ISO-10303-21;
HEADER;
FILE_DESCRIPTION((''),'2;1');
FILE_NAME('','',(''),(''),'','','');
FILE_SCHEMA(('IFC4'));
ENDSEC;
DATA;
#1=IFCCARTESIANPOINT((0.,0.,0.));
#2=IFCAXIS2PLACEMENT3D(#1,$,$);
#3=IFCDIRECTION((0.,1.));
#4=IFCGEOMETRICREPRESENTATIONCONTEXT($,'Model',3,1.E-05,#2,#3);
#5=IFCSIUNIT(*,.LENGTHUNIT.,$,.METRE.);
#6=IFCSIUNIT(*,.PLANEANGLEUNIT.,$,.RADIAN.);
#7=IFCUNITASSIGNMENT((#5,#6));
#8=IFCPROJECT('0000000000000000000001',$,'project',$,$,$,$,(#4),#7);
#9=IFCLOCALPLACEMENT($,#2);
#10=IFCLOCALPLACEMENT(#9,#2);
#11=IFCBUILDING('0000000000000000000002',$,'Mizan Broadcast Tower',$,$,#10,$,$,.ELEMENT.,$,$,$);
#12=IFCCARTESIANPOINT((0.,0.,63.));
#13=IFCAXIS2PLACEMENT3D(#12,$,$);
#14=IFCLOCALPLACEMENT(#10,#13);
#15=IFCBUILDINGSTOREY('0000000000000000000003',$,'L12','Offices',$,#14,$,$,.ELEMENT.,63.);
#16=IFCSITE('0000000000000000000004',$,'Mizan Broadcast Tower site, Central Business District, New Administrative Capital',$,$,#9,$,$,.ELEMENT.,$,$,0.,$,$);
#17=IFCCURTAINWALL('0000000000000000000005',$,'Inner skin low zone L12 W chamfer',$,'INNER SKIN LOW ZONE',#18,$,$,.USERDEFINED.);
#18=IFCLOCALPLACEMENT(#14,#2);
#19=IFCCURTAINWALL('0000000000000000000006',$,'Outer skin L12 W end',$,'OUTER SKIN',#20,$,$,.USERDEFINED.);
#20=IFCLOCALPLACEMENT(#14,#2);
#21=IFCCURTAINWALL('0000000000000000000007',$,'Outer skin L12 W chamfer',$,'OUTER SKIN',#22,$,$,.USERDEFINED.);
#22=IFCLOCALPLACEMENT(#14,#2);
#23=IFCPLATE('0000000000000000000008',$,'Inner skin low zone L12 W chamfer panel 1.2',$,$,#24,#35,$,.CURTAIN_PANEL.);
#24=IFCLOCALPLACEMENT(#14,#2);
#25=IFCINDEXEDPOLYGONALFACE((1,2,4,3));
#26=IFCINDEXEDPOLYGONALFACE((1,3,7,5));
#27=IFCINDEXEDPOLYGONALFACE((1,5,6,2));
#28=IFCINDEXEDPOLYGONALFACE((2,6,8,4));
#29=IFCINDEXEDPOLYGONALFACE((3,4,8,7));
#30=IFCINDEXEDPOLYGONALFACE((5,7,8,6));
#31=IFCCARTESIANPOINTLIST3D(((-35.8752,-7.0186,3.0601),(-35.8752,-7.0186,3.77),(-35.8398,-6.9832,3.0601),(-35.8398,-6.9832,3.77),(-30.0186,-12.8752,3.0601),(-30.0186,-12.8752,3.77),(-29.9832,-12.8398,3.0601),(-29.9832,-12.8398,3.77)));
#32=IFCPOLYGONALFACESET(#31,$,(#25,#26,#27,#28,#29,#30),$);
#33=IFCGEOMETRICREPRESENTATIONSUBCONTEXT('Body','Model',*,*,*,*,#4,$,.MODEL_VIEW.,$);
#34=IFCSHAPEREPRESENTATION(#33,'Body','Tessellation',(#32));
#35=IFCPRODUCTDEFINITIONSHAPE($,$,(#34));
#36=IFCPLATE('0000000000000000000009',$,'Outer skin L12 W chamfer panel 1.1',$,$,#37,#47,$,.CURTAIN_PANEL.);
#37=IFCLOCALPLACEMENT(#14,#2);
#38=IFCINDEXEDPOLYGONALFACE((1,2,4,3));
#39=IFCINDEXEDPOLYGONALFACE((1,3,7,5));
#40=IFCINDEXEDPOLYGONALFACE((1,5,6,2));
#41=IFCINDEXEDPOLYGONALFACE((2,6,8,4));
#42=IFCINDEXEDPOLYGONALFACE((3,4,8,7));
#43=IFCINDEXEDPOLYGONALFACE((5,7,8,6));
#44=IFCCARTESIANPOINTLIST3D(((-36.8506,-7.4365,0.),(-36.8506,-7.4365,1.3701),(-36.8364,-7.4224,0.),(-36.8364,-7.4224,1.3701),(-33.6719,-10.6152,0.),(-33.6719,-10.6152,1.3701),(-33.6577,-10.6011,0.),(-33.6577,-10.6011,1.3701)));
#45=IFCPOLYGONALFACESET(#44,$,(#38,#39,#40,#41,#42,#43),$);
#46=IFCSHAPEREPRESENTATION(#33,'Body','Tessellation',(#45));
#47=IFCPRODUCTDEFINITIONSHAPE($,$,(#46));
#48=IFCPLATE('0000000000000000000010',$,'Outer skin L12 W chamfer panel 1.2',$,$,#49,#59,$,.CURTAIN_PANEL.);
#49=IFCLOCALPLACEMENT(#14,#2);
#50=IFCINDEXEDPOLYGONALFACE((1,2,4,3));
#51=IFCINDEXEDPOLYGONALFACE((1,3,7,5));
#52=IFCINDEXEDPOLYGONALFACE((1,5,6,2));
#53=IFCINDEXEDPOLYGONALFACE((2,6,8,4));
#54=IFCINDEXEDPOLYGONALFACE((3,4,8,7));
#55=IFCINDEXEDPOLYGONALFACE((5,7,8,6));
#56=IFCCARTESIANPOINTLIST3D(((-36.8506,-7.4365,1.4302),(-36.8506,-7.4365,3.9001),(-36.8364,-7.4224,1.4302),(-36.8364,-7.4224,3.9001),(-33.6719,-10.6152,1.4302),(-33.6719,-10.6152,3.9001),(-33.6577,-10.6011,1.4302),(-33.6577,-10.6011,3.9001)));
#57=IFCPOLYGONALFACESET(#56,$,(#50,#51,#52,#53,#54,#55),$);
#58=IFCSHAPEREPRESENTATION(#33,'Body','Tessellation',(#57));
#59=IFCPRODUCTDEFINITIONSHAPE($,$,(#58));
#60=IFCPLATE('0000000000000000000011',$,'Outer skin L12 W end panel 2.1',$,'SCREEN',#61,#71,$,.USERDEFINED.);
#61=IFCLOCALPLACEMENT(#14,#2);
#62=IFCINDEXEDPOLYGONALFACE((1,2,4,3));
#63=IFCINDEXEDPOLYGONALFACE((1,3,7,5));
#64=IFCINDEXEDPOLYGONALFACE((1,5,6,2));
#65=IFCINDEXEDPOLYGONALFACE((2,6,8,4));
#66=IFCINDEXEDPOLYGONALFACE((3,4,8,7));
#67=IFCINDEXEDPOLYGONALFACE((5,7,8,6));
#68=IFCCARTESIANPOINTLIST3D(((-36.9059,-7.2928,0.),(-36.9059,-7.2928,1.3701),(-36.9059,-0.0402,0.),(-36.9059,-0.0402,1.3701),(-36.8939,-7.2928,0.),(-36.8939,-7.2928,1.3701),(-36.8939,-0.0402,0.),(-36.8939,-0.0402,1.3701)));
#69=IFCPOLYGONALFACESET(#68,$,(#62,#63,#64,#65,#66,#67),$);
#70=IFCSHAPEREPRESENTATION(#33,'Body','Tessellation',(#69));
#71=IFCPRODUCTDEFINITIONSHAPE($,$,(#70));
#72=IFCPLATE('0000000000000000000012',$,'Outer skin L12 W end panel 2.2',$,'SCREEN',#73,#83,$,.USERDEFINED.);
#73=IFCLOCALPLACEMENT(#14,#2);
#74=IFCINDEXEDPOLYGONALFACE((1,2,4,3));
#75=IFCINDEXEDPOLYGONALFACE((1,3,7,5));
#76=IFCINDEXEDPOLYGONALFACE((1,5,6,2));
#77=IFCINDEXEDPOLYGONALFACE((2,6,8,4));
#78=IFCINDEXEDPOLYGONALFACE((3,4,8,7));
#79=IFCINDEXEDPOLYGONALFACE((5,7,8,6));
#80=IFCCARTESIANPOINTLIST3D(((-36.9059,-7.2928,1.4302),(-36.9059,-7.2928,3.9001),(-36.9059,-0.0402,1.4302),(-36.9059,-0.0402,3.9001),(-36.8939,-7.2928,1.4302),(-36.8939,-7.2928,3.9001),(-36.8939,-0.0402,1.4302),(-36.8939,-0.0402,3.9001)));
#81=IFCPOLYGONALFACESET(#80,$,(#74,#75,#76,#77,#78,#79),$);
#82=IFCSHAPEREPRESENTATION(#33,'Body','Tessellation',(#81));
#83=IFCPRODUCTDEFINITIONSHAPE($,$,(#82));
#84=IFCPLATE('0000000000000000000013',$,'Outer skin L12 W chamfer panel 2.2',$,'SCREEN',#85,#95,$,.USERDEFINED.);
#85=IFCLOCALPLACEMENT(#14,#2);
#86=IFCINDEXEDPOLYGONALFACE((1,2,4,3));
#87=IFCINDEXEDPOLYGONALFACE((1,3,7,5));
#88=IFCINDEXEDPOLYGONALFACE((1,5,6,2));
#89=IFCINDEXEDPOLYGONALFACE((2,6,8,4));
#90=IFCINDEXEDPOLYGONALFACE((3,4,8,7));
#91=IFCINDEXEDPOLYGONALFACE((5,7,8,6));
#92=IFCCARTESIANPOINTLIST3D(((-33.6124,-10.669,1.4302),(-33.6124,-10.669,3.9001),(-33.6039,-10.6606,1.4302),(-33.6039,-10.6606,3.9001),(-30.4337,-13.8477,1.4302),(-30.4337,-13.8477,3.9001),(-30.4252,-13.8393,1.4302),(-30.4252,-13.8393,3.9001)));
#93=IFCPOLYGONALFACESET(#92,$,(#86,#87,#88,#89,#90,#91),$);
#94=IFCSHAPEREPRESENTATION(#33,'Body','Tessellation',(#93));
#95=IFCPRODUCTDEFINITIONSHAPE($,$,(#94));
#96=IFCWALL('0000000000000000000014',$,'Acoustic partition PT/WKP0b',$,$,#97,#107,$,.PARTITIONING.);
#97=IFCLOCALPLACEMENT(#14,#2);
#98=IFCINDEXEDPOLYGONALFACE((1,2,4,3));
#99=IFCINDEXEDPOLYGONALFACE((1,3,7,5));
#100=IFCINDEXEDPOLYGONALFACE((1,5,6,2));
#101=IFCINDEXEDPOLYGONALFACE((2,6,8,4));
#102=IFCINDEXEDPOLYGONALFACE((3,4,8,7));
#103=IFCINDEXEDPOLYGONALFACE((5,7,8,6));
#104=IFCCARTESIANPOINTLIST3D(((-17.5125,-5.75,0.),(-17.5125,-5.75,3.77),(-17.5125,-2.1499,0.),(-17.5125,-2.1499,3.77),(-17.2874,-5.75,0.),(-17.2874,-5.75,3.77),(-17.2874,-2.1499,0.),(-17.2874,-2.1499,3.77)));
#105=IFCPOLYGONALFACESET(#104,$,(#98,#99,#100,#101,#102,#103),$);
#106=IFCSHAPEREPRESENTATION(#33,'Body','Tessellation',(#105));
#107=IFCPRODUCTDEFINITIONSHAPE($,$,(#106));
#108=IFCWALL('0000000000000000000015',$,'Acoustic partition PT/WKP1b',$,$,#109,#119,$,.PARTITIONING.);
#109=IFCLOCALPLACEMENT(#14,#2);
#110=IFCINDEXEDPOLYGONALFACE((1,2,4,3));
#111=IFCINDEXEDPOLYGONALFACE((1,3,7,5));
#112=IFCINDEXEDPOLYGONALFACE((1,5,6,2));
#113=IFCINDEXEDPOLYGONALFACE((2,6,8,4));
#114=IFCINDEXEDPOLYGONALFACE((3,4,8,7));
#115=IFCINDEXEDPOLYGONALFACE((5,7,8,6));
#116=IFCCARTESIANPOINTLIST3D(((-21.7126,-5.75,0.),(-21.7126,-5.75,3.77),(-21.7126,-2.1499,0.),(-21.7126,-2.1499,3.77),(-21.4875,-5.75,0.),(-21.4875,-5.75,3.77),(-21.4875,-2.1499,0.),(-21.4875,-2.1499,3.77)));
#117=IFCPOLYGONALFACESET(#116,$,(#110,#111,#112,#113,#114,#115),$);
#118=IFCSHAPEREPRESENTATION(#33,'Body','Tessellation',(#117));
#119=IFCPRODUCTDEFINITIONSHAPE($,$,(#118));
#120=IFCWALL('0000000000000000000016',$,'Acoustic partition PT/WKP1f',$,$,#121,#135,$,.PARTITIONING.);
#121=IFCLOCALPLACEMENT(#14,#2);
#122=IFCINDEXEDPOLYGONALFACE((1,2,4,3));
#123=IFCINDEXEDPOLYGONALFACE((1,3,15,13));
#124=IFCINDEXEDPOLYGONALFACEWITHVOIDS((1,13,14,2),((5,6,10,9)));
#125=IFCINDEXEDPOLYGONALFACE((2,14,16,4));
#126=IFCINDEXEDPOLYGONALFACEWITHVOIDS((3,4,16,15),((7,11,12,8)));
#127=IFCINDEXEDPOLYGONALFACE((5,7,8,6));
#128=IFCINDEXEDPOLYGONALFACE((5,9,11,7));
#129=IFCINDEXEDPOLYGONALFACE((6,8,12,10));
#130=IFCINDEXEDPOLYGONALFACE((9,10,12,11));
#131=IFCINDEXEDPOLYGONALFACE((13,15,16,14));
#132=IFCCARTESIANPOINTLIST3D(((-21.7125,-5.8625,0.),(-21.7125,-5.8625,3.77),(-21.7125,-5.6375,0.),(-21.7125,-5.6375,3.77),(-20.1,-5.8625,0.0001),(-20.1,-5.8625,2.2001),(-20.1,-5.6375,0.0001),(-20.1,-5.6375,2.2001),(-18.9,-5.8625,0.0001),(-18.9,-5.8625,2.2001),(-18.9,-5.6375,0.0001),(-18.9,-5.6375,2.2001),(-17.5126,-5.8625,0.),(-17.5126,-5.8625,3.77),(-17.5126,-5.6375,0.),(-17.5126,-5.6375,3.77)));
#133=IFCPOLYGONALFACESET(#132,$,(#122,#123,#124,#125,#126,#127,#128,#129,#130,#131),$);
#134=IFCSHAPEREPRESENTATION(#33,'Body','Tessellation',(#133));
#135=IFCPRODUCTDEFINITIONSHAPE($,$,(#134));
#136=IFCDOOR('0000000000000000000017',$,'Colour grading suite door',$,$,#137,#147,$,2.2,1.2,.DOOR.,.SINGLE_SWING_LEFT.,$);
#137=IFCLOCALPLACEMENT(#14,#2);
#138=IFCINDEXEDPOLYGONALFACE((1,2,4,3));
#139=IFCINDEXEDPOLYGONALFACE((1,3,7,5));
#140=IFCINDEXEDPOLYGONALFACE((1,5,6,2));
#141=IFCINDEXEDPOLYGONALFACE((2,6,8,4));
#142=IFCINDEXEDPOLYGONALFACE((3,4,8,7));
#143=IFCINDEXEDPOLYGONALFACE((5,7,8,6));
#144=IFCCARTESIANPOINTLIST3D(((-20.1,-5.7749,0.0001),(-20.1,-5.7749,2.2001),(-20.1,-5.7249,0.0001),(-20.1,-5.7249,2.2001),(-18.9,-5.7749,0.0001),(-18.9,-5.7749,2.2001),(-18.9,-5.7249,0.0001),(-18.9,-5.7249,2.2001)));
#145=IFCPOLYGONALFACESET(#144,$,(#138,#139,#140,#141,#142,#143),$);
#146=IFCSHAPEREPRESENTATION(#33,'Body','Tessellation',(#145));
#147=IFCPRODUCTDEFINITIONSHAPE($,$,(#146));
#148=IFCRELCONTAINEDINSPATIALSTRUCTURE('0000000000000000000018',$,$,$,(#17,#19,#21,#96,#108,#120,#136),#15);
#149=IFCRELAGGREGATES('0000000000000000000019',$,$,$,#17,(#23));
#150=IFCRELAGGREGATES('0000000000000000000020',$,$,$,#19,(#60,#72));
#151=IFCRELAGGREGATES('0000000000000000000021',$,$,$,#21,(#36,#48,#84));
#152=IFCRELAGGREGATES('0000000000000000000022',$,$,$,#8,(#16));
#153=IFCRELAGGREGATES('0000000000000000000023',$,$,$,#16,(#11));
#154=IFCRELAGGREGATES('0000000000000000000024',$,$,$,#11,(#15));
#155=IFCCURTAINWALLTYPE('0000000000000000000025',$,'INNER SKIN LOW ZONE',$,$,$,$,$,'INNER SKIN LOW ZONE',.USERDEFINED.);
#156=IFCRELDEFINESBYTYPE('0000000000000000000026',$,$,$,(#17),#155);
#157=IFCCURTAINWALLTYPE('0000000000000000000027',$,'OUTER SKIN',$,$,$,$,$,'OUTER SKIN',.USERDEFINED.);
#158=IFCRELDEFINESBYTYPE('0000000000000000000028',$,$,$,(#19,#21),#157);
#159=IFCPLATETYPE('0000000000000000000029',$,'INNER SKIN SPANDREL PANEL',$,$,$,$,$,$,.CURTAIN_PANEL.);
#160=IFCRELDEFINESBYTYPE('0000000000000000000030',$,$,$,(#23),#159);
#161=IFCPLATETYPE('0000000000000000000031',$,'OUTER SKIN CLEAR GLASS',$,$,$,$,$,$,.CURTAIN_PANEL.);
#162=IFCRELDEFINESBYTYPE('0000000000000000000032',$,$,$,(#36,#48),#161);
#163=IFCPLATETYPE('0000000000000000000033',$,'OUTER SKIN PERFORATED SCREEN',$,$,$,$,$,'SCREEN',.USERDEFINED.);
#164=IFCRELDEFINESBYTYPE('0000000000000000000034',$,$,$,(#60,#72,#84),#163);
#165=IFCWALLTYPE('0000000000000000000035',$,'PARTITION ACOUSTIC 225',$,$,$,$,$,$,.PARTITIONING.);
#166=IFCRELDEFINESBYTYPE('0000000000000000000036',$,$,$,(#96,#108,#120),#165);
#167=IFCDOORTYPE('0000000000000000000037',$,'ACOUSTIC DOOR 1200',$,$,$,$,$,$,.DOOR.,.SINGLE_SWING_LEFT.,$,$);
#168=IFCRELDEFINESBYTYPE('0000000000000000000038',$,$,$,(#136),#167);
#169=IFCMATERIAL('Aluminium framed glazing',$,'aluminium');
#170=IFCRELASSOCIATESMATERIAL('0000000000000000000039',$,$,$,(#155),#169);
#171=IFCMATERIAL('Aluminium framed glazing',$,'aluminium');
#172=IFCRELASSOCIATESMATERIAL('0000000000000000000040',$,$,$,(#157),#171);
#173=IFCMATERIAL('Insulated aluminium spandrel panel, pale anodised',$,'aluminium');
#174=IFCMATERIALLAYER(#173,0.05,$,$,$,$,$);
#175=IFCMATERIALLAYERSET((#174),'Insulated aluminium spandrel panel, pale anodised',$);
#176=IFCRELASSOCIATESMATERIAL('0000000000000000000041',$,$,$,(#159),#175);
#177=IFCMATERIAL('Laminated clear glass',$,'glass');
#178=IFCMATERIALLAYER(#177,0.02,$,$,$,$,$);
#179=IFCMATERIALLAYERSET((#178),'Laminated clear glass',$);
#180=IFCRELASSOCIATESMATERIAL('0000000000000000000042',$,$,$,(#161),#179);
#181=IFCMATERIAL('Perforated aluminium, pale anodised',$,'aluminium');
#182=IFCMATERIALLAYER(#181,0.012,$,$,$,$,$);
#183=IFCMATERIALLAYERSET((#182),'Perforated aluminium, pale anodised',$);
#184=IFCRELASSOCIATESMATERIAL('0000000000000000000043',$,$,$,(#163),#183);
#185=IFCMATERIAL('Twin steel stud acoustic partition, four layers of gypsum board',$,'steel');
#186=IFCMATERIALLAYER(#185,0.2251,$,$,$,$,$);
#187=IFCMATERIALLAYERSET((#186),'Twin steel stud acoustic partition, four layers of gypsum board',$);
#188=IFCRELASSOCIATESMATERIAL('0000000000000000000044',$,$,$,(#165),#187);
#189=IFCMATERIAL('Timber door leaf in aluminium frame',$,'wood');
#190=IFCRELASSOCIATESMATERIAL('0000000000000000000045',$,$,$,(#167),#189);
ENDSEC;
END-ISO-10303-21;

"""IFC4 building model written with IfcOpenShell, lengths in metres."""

from ifc_helpers import new_model, si_unit, direction, frame, frame_2d, origin, origin_2d, place, context, subcontext, project, spatial, rectangle, extrude, material, layer, layer_set, type_object, element, fill, aggregate, save


model = new_model("IFC4")

# Units and contexts
model_context = context("Model", 3, precision=1e-05, world=origin(), true_north=direction((0.0, 1.0)))
body_context = subcontext(model_context, "Body", "Model", "MODEL_VIEW")
ifc_project = project(units=[si_unit("LENGTHUNIT", "METRE"), si_unit("PLANEANGLEUNIT", "RADIAN")], contexts=[model_context])

# Site, building, storey
site_placement = place(None, origin())
site = spatial("IfcSite", under=ifc_project, at=site_placement, Name="Mizan Broadcast Tower site, Central Business District, New Administrative Capital", CompositionType="ELEMENT", RefElevation=0.0)
building_placement = place(site_placement, origin())
building = spatial("IfcBuilding", under=site, at=building_placement, Name="Mizan Broadcast Tower", CompositionType="ELEMENT")
storey_placement = place(building_placement, frame((0.0, 0.0, 63.0)))
storey = spatial("IfcBuildingStorey", under=building, at=storey_placement, Name="L12", Description="Offices", CompositionType="ELEMENT", Elevation=63.0)

# Shared definitions
ifc_material_1 = material(Name="Aluminium framed glazing", Category="aluminium")
curtain_wall_type_1 = type_object("IfcCurtainWallType", Name="INNER SKIN LOW ZONE", ElementType="INNER SKIN LOW ZONE", PredefinedType="USERDEFINED", material=ifc_material_1)

# Curtain wall
curtain_wall_1_placement = place(storey_placement, origin())
curtain_wall_1 = element("IfcCurtainWall", 1, at=curtain_wall_1_placement, inside=storey, type_object=curtain_wall_type_1, Name="Inner skin low zone L12 W chamfer", ObjectType="INNER SKIN LOW ZONE", PredefinedType="USERDEFINED")

# Curtain wall
ifc_material_2 = material(Name="Aluminium framed glazing", Category="aluminium")
curtain_wall_type_2 = type_object("IfcCurtainWallType", Name="OUTER SKIN", ElementType="OUTER SKIN", PredefinedType="USERDEFINED", material=ifc_material_2)
curtain_wall_2_placement = place(storey_placement, origin())
curtain_wall_2 = element("IfcCurtainWall", 2, at=curtain_wall_2_placement, inside=storey, type_object=curtain_wall_type_2, Name="Outer skin L12 W end", ObjectType="OUTER SKIN", PredefinedType="USERDEFINED")

# Curtain wall
curtain_wall_3_placement = place(storey_placement, origin())
curtain_wall_3 = element("IfcCurtainWall", 3, at=curtain_wall_3_placement, inside=storey, type_object=curtain_wall_type_2, Name="Outer skin L12 W chamfer", ObjectType="OUTER SKIN", PredefinedType="USERDEFINED")

# Plates
ifc_material_3 = material(Name="Insulated aluminium spandrel panel, pale anodised", Category="aluminium")
ifc_layer_1 = layer(ifc_material_3, 0.05)
ifc_layer_set_1 = layer_set([ifc_layer_1], Name="Insulated aluminium spandrel panel, pale anodised")
plate_type_1 = type_object("IfcPlateType", Name="INNER SKIN SPANDREL PANEL", PredefinedType="CURTAIN_PANEL", material=ifc_layer_set_1)
plate_1_placement = place(storey_placement, frame((-32.9292, -9.9292, 3.0601), z_axis=(0.0, 0.0, 1.0), x_axis=(0.707107, -0.707107, 0.0)))
plate_1 = element("IfcPlate", 4, at=plate_1_placement, type_object=plate_type_1, Name="Inner skin low zone L12 W chamfer panel 1.2", PredefinedType="CURTAIN_PANEL", context=body_context, shape_type="SweptSolid", body=[
    extrude(rectangle(XDim=8.2825, YDim=0.05, at=origin_2d()), origin(), (0.0, 0.0, 1.0), 0.71),
])
aggregate(curtain_wall_1, [plate_1])
ifc_material_4 = material(Name="Laminated clear glass", Category="glass")
ifc_layer_2 = layer(ifc_material_4, 0.02)
ifc_layer_set_2 = layer_set([ifc_layer_2], Name="Laminated clear glass")
plate_type_2 = type_object("IfcPlateType", Name="OUTER SKIN CLEAR GLASS", PredefinedType="CURTAIN_PANEL", material=ifc_layer_set_2)
plate_2_placement = place(storey_placement, frame((-35.2542, -9.0188, 0.0), z_axis=(0.0, 0.0, 1.0), x_axis=(0.707107, -0.707107, 0.0)))
plate_2 = element("IfcPlate", 5, at=plate_2_placement, type_object=plate_type_2, Name="Outer skin L12 W chamfer panel 1.1", PredefinedType="CURTAIN_PANEL", context=body_context, shape_type="SweptSolid", body=[
    extrude(rectangle(XDim=4.4954, YDim=0.02, at=origin_2d()), origin(), (0.0, 0.0, 1.0), 1.3701),
])
plate_3_placement = place(storey_placement, frame((-35.2542, -9.0188, 1.4302), z_axis=(0.0, 0.0, 1.0), x_axis=(0.707107, -0.707107, 0.0)))
plate_3 = element("IfcPlate", 6, at=plate_3_placement, type_object=plate_type_2, Name="Outer skin L12 W chamfer panel 1.2", PredefinedType="CURTAIN_PANEL", context=body_context, shape_type="SweptSolid", body=[
    extrude(rectangle(XDim=4.4954, YDim=0.02, at=origin_2d()), origin(), (0.0, 0.0, 1.0), 2.47),
])
ifc_material_5 = material(Name="Perforated aluminium, pale anodised", Category="aluminium")
ifc_layer_3 = layer(ifc_material_5, 0.012)
ifc_layer_set_3 = layer_set([ifc_layer_3], Name="Perforated aluminium, pale anodised")
plate_type_3 = type_object("IfcPlateType", Name="OUTER SKIN PERFORATED SCREEN", ElementType="SCREEN", PredefinedType="USERDEFINED", material=ifc_layer_set_3)
plate_4_placement = place(storey_placement, frame((-36.8999, -3.6665, 0.0), z_axis=(0.0, 0.0, 1.0), x_axis=(0.0, -1.0, 0.0)))
plate_4 = element("IfcPlate", 7, at=plate_4_placement, type_object=plate_type_3, Name="Outer skin L12 W end panel 2.1", ObjectType="SCREEN", PredefinedType="USERDEFINED", context=body_context, shape_type="SweptSolid", body=[
    extrude(rectangle(XDim=7.2527, YDim=0.012, at=origin_2d()), origin(), (0.0, 0.0, 1.0), 1.3701),
])
plate_5_placement = place(storey_placement, frame((-36.8999, -3.6665, 1.4302), z_axis=(0.0, 0.0, 1.0), x_axis=(0.0, -1.0, 0.0)))
plate_5 = element("IfcPlate", 8, at=plate_5_placement, type_object=plate_type_3, Name="Outer skin L12 W end panel 2.2", ObjectType="SCREEN", PredefinedType="USERDEFINED", context=body_context, shape_type="SweptSolid", body=[
    extrude(rectangle(XDim=7.2527, YDim=0.012, at=origin_2d()), origin(), (0.0, 0.0, 1.0), 2.47),
])
aggregate(curtain_wall_2, [plate_4, plate_5])
plate_6_placement = place(storey_placement, frame((-32.0188, -12.2542, 1.4302), z_axis=(0.0, 0.0, 1.0), x_axis=(0.707107, -0.707107, 0.0)))
plate_6 = element("IfcPlate", 9, at=plate_6_placement, type_object=plate_type_3, Name="Outer skin L12 W chamfer panel 2.2", ObjectType="SCREEN", PredefinedType="USERDEFINED", context=body_context, shape_type="SweptSolid", body=[
    extrude(rectangle(XDim=4.4954, YDim=0.012, at=origin_2d()), origin(), (0.0, 0.0, 1.0), 2.47),
])
aggregate(curtain_wall_3, [plate_2, plate_3, plate_6])

# Walls
ifc_material_6 = material(Name="Twin steel stud acoustic partition, four layers of gypsum board", Category="steel")
ifc_layer_4 = layer(ifc_material_6, 0.2251)
ifc_layer_set_4 = layer_set([ifc_layer_4], Name="Twin steel stud acoustic partition, four layers of gypsum board")
wall_type = type_object("IfcWallType", Name="PARTITION ACOUSTIC 225", PredefinedType="PARTITIONING", material=ifc_layer_set_4)
for number, where, z_axis, x_axis, name in (
    (10, (-17.3999, -2.1499, 0.0), (0.0, 0.0, 1.0), (0.0, -1.0, 0.0), "Acoustic partition PT/WKP0b"),
    (11, (-21.6001, -2.1499, 0.0), (0.0, 0.0, 1.0), (0.0, -1.0, 0.0), "Acoustic partition PT/WKP1b"),
):
    element("IfcWall", number, at=place(storey_placement, frame(where, z_axis=z_axis, x_axis=x_axis)), inside=storey, type_object=wall_type, Name=name, PredefinedType="PARTITIONING", context=body_context, shape_type="SweptSolid", body=[
        extrude(rectangle(XDim=3.6001, YDim=0.2251, at=frame_2d((1.8, 0.0))), origin(), (0.0, 0.0, 1.0), 3.77),
    ])

# Wall, opening, door
wall_placement = place(storey_placement, frame((-17.5125, -5.75, 0.0), z_axis=(0.0, 0.0, 1.0), x_axis=(-1.0, 0.0, 0.0)))
wall = element("IfcWall", 12, at=wall_placement, inside=storey, type_object=wall_type, Name="Acoustic partition PT/WKP1f", PredefinedType="PARTITIONING", context=body_context, shape_type="SweptSolid", body=[
    extrude(rectangle(XDim=4.2, YDim=0.2251, at=frame_2d((2.1001, 0.0))), origin(), (0.0, 0.0, 1.0), 3.77),
])
opening_placement = place(wall_placement, frame((1.3875, 0.0, 0.0)))
opening = element("IfcOpeningElement", 13, at=opening_placement, cuts=wall, PredefinedType="OPENING", context=body_context, shape_type="SweptSolid", body=[
    extrude(rectangle(XDim=1.2, YDim=2.2, at=frame_2d((0.6001, 1.1001))), frame((0.0, 0.1226, 0.0), z_axis=(0.0, -1.0, 0.0), x_axis=(1.0, 0.0, 0.0)), (0.0, 0.0, 1.0), 0.2451),
])
ifc_material_7 = material(Name="Timber door leaf in aluminium frame", Category="wood")
door_type = type_object("IfcDoorType", Name="ACOUSTIC DOOR 1200", OperationType="SINGLE_SWING_LEFT", PredefinedType="DOOR", material=ifc_material_7)
door_placement = place(opening_placement, origin())
door = element("IfcDoor", 14, at=door_placement, inside=storey, type_object=door_type, Name="Colour grading suite door", OperationType="SINGLE_SWING_LEFT", OverallHeight=2.2, OverallWidth=1.2, PredefinedType="DOOR", context=body_context, shape_type="SweptSolid", body=[
    extrude(rectangle(XDim=1.2, YDim=2.2, at=frame_2d((0.6001, 1.1001))), frame((0.0, 0.0249, 0.0), z_axis=(0.0, -1.0, 0.0), x_axis=(1.0, 0.0, 0.0)), (0.0, 0.0, 1.0), 0.05),
])
fill(opening, door)

save(model, "model.ifc")
